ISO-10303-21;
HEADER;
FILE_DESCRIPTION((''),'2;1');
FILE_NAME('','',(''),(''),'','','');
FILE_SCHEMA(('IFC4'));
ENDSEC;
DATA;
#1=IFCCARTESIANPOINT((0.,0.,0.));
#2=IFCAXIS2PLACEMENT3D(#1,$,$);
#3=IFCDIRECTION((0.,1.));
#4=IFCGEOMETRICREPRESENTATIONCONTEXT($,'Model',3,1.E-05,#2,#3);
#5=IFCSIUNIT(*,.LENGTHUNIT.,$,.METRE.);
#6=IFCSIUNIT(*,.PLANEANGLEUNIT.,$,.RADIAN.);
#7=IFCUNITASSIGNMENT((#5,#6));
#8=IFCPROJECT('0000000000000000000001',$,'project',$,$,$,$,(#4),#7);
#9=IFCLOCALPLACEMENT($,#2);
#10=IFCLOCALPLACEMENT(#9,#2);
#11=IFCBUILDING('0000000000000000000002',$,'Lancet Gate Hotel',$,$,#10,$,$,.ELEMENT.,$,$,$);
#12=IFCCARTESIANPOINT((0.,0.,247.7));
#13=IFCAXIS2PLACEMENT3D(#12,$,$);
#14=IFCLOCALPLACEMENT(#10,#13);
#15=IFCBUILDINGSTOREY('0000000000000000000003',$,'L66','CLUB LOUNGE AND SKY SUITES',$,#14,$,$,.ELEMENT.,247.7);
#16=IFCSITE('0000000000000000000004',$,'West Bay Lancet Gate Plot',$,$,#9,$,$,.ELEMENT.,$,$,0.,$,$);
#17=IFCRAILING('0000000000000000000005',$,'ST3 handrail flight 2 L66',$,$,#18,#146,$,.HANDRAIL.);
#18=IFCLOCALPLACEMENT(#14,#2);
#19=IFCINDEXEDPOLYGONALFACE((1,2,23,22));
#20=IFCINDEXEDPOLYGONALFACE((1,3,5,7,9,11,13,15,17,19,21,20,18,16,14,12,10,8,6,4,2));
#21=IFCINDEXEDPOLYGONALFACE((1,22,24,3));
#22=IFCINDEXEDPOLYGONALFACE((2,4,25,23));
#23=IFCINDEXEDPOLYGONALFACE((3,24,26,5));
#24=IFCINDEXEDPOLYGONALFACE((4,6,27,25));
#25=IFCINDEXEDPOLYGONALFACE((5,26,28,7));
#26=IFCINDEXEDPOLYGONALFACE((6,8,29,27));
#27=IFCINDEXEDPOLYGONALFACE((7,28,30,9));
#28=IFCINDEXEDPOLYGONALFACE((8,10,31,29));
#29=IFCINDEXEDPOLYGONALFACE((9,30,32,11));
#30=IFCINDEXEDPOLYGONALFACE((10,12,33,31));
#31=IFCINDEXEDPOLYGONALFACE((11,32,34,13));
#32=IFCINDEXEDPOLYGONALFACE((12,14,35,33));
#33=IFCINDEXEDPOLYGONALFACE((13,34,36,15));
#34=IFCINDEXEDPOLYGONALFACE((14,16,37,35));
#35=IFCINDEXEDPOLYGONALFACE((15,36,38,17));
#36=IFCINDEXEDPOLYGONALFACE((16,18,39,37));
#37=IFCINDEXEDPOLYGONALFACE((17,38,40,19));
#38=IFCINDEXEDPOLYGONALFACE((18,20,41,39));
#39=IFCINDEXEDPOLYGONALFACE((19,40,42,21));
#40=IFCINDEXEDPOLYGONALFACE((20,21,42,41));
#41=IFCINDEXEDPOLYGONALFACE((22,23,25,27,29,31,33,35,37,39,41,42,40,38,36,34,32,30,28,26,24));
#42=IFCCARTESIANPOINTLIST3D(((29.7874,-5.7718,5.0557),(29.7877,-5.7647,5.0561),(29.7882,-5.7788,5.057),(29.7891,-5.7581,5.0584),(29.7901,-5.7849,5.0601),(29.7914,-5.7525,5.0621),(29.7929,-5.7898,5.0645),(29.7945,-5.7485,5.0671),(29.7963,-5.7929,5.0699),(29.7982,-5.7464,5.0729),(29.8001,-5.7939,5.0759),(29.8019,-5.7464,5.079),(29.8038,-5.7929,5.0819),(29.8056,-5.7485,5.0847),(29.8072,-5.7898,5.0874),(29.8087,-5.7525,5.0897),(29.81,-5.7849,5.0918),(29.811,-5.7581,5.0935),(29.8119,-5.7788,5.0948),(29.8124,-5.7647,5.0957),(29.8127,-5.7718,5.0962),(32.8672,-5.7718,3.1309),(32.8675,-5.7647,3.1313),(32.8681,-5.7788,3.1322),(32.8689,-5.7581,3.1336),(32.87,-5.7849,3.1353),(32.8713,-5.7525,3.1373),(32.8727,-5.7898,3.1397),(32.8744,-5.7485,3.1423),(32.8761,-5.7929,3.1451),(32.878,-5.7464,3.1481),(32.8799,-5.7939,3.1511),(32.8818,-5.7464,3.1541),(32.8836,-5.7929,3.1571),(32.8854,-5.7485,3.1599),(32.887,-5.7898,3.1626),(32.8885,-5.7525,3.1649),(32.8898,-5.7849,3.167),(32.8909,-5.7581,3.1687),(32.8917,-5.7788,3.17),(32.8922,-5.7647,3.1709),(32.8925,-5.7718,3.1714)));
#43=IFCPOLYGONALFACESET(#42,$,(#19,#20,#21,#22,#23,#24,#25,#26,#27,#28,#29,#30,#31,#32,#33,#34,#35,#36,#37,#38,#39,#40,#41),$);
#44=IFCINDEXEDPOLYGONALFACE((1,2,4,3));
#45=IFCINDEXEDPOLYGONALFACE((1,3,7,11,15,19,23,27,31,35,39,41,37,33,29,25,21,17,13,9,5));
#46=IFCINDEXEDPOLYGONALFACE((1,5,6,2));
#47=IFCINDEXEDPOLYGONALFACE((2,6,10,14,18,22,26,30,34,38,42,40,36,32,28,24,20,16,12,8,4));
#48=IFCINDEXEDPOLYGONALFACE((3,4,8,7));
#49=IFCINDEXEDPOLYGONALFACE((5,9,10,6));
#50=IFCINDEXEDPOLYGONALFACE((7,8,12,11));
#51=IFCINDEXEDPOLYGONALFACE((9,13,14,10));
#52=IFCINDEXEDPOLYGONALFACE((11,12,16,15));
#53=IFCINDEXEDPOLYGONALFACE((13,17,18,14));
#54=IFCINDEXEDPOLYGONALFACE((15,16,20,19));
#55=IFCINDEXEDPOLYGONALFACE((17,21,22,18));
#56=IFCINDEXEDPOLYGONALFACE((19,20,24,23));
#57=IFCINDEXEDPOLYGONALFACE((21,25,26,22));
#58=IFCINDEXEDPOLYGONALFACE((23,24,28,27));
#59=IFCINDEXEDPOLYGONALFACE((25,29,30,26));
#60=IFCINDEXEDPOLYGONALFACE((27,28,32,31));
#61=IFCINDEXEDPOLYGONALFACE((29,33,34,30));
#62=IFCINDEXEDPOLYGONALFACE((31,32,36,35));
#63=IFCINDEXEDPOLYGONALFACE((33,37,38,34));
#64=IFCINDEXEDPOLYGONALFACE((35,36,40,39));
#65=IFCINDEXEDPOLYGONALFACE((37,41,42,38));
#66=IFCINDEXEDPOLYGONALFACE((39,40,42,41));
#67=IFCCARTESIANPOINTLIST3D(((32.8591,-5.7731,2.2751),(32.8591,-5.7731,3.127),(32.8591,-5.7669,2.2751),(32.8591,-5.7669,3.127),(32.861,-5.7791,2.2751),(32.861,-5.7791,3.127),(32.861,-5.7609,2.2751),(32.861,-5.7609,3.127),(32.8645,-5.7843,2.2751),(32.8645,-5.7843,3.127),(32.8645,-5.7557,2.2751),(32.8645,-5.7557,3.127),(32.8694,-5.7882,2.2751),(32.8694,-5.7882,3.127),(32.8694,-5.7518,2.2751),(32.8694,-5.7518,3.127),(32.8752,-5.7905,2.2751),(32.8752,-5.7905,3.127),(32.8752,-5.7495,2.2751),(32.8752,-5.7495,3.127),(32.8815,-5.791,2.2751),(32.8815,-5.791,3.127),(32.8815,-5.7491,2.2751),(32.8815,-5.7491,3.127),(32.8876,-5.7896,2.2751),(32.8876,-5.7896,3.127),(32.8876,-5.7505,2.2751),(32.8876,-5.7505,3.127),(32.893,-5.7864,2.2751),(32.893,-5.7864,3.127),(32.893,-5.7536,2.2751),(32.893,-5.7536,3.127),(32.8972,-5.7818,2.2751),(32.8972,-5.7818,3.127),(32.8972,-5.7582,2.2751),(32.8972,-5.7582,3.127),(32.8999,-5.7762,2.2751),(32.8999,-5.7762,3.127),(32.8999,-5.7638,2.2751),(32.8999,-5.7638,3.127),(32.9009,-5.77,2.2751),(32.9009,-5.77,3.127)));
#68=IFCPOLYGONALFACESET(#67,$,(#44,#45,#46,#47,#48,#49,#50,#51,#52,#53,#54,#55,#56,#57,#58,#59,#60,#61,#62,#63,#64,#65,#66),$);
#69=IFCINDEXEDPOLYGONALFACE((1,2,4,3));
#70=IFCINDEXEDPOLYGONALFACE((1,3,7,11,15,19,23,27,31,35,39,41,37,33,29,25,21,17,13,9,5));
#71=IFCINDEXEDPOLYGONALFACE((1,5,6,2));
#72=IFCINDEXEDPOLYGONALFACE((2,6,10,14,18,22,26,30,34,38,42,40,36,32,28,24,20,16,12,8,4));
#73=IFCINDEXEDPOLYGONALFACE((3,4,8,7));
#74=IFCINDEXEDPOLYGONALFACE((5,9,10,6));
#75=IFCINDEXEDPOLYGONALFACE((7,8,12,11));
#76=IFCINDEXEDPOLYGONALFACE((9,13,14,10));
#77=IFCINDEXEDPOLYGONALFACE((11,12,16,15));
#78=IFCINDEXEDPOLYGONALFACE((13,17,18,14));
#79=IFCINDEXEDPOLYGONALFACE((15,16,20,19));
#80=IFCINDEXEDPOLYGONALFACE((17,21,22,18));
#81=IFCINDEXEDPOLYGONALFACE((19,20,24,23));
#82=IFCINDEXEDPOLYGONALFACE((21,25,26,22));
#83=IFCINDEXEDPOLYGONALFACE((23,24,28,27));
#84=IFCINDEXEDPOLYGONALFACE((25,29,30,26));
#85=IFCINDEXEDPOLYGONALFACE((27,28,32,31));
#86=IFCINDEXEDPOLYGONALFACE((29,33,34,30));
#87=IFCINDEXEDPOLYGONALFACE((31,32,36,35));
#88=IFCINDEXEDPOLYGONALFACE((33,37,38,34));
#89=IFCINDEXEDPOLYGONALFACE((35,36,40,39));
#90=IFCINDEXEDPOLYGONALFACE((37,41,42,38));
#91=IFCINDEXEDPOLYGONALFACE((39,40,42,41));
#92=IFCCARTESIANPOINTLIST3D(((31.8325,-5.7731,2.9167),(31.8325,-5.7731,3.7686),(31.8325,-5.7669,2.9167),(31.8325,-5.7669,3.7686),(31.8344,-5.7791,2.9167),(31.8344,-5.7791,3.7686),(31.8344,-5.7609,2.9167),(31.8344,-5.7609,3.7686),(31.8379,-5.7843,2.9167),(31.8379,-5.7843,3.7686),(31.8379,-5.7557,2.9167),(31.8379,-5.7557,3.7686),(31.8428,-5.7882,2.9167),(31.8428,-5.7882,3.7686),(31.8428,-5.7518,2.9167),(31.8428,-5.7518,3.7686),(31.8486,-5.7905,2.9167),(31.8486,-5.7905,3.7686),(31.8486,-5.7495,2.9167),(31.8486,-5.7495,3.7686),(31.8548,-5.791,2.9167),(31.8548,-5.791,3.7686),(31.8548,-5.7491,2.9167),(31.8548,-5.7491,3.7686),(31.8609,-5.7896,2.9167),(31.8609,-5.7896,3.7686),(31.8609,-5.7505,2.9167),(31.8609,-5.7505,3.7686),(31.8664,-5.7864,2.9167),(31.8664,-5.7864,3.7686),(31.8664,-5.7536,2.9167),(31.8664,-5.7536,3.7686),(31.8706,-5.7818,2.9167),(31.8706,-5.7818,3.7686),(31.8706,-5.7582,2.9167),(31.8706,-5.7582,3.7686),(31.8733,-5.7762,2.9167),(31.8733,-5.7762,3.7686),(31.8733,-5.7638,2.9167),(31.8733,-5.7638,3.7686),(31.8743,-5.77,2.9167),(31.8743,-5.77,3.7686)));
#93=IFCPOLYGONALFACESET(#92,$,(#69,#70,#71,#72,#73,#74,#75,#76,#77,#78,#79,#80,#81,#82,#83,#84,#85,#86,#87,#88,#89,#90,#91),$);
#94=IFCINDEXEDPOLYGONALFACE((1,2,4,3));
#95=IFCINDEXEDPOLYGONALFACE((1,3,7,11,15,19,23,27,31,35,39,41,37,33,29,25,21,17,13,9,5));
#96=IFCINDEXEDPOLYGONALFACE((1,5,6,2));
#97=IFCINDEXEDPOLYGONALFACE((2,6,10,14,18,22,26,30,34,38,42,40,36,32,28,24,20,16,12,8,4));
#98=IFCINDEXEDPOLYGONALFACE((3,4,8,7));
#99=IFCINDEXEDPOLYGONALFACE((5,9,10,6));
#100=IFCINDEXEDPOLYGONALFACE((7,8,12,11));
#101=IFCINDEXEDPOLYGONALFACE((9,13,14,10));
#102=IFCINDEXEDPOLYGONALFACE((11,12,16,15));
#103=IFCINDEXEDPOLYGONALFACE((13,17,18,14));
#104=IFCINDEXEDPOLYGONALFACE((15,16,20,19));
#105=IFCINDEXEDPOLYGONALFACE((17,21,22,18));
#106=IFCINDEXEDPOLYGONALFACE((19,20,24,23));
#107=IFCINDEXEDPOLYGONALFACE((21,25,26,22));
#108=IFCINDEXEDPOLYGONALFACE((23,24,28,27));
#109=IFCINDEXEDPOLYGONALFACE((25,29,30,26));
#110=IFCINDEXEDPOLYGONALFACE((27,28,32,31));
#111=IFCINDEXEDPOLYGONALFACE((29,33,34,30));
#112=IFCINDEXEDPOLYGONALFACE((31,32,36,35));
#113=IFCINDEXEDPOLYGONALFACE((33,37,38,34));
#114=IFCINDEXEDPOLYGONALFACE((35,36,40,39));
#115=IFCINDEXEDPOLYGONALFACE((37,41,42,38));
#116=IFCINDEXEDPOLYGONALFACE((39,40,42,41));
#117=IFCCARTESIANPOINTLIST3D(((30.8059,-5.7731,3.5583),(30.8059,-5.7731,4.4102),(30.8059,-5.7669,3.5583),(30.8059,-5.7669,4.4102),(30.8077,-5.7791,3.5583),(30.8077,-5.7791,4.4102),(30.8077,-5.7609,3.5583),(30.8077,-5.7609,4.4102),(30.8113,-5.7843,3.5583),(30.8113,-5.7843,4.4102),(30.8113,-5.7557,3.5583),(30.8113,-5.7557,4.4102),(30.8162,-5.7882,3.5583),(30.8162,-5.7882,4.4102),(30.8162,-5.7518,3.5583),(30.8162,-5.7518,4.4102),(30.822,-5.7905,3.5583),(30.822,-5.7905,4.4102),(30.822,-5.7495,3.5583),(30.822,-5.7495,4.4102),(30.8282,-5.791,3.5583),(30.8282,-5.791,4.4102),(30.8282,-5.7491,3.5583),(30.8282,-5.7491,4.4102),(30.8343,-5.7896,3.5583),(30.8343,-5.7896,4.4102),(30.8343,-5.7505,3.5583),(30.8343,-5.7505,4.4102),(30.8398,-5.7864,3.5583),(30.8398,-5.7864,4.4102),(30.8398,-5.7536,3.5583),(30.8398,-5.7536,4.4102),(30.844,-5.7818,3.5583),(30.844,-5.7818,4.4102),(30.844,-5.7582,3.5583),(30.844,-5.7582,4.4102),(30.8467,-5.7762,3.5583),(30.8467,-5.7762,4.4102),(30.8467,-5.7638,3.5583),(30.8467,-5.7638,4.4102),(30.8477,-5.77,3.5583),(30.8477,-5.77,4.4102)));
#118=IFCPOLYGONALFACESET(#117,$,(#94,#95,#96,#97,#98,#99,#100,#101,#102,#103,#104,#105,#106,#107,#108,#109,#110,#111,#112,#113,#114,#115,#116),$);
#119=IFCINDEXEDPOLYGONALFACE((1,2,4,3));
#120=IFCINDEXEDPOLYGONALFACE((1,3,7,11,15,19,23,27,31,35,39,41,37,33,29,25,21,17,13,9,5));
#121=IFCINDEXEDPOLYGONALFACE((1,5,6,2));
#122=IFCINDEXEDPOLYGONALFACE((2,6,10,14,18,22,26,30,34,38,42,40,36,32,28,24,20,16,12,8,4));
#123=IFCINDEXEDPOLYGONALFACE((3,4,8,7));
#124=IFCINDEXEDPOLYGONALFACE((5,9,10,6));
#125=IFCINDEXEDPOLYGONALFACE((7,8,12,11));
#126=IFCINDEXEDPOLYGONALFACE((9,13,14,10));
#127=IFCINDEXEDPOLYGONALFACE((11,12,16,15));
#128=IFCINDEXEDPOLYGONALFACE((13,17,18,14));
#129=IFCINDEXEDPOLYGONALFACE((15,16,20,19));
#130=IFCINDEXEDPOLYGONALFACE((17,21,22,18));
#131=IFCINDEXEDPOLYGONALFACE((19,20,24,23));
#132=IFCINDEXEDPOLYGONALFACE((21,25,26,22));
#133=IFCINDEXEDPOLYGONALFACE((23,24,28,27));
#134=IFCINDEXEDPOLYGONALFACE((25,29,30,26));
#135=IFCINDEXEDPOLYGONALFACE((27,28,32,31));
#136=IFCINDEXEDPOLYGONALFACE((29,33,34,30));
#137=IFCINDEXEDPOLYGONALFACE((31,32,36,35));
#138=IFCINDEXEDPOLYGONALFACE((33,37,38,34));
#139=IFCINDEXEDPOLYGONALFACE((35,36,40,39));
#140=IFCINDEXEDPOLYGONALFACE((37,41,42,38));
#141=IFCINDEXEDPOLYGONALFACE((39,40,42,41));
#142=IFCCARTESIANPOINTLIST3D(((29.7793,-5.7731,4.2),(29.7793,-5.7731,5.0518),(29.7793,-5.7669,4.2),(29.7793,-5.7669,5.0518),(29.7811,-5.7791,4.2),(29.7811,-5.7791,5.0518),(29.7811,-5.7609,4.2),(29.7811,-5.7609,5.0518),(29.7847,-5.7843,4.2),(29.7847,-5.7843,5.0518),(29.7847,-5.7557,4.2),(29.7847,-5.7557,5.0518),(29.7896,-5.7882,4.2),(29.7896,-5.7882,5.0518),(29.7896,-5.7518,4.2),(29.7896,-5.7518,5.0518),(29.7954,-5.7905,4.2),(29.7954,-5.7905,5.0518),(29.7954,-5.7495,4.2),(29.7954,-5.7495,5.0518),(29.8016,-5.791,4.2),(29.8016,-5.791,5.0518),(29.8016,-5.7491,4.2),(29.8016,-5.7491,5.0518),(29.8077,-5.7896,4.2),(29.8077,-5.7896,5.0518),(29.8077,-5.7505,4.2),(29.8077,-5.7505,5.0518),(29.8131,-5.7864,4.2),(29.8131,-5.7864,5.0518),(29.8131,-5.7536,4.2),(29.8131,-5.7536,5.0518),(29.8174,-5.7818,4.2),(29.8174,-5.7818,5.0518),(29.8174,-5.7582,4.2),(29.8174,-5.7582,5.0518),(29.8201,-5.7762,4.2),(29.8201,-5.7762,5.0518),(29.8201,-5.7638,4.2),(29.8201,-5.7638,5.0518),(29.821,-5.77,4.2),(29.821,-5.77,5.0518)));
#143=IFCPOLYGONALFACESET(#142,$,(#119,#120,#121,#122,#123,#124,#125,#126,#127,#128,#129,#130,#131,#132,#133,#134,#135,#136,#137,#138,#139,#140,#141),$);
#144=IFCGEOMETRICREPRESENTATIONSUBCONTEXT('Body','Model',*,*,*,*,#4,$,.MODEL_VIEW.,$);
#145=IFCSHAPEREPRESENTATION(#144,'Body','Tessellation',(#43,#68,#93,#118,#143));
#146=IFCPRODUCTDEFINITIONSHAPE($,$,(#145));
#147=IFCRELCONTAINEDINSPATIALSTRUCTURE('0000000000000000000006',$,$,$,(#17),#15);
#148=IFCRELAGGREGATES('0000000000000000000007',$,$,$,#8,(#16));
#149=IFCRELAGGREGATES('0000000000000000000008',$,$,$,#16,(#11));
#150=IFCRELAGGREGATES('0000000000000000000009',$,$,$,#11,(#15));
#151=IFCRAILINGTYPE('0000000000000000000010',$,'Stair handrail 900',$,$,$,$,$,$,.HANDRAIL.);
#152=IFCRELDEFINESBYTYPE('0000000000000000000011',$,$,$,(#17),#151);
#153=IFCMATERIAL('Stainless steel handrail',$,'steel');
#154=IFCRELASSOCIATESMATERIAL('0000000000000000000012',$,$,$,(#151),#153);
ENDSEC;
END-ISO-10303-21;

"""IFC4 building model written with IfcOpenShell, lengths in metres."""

from ifc_helpers import new_model, si_unit, direction, frame, origin, origin_2d, place, context, subcontext, project, spatial, circle, extrude, material, type_object, element, save


model = new_model("IFC4")

# Units and contexts
model_context = context("Model", 3, precision=1e-05, world=origin(), true_north=direction((0.0, 1.0)))
body_context = subcontext(model_context, "Body", "Model", "MODEL_VIEW")
ifc_project = project(units=[si_unit("LENGTHUNIT", "METRE"), si_unit("PLANEANGLEUNIT", "RADIAN")], contexts=[model_context])

# Site, building, storey
site_placement = place(None, origin())
site = spatial("IfcSite", under=ifc_project, at=site_placement, Name="West Bay Lancet Gate Plot", CompositionType="ELEMENT", RefElevation=0.0)
building_placement = place(site_placement, origin())
building = spatial("IfcBuilding", under=site, at=building_placement, Name="Lancet Gate Hotel", CompositionType="ELEMENT")
storey_placement = place(building_placement, frame((0.0, 0.0, 247.7)))
storey = spatial("IfcBuildingStorey", under=building, at=storey_placement, Name="L66", Description="CLUB LOUNGE AND SKY SUITES", CompositionType="ELEMENT", Elevation=247.7)

# Railing
ifc_material_1 = material(Name="Stainless steel handrail", Category="steel")
railing_type = type_object("IfcRailingType", Name="Stair handrail 900", PredefinedType="HANDRAIL", material=ifc_material_1)
railing_1_placement = place(storey_placement, frame((32.8799, -5.77, 2.2751)))
element("IfcRailing", 1, at=railing_1_placement, inside=storey, type_object=railing_type, Name="ST3 handrail flight 2 L66", PredefinedType="HANDRAIL", context=body_context, shape_type="SweptSolid", body=[
    extrude(circle(Radius=0.0239, at=origin_2d()), frame((0.0, 0.0, 0.876), z_axis=(-0.84801, 0.0, 0.529981), x_axis=(0.0, -1.0, 0.0)), (0.0, 0.0, 1.0), 3.6318),
    extrude(circle(Radius=0.021, at=origin_2d()), origin(), (0.0, 0.0, 1.0), 0.8518),
    extrude(circle(Radius=0.021, at=origin_2d()), frame((-1.0266, 0.0, 0.6416)), (0.0, 0.0, 1.0), 0.8518),
    extrude(circle(Radius=0.021, at=origin_2d()), frame((-2.0532, 0.0, 1.2832)), (0.0, 0.0, 1.0), 0.8518),
    extrude(circle(Radius=0.021, at=origin_2d()), frame((-3.0798, 0.0, 1.9248)), (0.0, 0.0, 1.0), 0.8518),
])

save(model, "model.ifc")
